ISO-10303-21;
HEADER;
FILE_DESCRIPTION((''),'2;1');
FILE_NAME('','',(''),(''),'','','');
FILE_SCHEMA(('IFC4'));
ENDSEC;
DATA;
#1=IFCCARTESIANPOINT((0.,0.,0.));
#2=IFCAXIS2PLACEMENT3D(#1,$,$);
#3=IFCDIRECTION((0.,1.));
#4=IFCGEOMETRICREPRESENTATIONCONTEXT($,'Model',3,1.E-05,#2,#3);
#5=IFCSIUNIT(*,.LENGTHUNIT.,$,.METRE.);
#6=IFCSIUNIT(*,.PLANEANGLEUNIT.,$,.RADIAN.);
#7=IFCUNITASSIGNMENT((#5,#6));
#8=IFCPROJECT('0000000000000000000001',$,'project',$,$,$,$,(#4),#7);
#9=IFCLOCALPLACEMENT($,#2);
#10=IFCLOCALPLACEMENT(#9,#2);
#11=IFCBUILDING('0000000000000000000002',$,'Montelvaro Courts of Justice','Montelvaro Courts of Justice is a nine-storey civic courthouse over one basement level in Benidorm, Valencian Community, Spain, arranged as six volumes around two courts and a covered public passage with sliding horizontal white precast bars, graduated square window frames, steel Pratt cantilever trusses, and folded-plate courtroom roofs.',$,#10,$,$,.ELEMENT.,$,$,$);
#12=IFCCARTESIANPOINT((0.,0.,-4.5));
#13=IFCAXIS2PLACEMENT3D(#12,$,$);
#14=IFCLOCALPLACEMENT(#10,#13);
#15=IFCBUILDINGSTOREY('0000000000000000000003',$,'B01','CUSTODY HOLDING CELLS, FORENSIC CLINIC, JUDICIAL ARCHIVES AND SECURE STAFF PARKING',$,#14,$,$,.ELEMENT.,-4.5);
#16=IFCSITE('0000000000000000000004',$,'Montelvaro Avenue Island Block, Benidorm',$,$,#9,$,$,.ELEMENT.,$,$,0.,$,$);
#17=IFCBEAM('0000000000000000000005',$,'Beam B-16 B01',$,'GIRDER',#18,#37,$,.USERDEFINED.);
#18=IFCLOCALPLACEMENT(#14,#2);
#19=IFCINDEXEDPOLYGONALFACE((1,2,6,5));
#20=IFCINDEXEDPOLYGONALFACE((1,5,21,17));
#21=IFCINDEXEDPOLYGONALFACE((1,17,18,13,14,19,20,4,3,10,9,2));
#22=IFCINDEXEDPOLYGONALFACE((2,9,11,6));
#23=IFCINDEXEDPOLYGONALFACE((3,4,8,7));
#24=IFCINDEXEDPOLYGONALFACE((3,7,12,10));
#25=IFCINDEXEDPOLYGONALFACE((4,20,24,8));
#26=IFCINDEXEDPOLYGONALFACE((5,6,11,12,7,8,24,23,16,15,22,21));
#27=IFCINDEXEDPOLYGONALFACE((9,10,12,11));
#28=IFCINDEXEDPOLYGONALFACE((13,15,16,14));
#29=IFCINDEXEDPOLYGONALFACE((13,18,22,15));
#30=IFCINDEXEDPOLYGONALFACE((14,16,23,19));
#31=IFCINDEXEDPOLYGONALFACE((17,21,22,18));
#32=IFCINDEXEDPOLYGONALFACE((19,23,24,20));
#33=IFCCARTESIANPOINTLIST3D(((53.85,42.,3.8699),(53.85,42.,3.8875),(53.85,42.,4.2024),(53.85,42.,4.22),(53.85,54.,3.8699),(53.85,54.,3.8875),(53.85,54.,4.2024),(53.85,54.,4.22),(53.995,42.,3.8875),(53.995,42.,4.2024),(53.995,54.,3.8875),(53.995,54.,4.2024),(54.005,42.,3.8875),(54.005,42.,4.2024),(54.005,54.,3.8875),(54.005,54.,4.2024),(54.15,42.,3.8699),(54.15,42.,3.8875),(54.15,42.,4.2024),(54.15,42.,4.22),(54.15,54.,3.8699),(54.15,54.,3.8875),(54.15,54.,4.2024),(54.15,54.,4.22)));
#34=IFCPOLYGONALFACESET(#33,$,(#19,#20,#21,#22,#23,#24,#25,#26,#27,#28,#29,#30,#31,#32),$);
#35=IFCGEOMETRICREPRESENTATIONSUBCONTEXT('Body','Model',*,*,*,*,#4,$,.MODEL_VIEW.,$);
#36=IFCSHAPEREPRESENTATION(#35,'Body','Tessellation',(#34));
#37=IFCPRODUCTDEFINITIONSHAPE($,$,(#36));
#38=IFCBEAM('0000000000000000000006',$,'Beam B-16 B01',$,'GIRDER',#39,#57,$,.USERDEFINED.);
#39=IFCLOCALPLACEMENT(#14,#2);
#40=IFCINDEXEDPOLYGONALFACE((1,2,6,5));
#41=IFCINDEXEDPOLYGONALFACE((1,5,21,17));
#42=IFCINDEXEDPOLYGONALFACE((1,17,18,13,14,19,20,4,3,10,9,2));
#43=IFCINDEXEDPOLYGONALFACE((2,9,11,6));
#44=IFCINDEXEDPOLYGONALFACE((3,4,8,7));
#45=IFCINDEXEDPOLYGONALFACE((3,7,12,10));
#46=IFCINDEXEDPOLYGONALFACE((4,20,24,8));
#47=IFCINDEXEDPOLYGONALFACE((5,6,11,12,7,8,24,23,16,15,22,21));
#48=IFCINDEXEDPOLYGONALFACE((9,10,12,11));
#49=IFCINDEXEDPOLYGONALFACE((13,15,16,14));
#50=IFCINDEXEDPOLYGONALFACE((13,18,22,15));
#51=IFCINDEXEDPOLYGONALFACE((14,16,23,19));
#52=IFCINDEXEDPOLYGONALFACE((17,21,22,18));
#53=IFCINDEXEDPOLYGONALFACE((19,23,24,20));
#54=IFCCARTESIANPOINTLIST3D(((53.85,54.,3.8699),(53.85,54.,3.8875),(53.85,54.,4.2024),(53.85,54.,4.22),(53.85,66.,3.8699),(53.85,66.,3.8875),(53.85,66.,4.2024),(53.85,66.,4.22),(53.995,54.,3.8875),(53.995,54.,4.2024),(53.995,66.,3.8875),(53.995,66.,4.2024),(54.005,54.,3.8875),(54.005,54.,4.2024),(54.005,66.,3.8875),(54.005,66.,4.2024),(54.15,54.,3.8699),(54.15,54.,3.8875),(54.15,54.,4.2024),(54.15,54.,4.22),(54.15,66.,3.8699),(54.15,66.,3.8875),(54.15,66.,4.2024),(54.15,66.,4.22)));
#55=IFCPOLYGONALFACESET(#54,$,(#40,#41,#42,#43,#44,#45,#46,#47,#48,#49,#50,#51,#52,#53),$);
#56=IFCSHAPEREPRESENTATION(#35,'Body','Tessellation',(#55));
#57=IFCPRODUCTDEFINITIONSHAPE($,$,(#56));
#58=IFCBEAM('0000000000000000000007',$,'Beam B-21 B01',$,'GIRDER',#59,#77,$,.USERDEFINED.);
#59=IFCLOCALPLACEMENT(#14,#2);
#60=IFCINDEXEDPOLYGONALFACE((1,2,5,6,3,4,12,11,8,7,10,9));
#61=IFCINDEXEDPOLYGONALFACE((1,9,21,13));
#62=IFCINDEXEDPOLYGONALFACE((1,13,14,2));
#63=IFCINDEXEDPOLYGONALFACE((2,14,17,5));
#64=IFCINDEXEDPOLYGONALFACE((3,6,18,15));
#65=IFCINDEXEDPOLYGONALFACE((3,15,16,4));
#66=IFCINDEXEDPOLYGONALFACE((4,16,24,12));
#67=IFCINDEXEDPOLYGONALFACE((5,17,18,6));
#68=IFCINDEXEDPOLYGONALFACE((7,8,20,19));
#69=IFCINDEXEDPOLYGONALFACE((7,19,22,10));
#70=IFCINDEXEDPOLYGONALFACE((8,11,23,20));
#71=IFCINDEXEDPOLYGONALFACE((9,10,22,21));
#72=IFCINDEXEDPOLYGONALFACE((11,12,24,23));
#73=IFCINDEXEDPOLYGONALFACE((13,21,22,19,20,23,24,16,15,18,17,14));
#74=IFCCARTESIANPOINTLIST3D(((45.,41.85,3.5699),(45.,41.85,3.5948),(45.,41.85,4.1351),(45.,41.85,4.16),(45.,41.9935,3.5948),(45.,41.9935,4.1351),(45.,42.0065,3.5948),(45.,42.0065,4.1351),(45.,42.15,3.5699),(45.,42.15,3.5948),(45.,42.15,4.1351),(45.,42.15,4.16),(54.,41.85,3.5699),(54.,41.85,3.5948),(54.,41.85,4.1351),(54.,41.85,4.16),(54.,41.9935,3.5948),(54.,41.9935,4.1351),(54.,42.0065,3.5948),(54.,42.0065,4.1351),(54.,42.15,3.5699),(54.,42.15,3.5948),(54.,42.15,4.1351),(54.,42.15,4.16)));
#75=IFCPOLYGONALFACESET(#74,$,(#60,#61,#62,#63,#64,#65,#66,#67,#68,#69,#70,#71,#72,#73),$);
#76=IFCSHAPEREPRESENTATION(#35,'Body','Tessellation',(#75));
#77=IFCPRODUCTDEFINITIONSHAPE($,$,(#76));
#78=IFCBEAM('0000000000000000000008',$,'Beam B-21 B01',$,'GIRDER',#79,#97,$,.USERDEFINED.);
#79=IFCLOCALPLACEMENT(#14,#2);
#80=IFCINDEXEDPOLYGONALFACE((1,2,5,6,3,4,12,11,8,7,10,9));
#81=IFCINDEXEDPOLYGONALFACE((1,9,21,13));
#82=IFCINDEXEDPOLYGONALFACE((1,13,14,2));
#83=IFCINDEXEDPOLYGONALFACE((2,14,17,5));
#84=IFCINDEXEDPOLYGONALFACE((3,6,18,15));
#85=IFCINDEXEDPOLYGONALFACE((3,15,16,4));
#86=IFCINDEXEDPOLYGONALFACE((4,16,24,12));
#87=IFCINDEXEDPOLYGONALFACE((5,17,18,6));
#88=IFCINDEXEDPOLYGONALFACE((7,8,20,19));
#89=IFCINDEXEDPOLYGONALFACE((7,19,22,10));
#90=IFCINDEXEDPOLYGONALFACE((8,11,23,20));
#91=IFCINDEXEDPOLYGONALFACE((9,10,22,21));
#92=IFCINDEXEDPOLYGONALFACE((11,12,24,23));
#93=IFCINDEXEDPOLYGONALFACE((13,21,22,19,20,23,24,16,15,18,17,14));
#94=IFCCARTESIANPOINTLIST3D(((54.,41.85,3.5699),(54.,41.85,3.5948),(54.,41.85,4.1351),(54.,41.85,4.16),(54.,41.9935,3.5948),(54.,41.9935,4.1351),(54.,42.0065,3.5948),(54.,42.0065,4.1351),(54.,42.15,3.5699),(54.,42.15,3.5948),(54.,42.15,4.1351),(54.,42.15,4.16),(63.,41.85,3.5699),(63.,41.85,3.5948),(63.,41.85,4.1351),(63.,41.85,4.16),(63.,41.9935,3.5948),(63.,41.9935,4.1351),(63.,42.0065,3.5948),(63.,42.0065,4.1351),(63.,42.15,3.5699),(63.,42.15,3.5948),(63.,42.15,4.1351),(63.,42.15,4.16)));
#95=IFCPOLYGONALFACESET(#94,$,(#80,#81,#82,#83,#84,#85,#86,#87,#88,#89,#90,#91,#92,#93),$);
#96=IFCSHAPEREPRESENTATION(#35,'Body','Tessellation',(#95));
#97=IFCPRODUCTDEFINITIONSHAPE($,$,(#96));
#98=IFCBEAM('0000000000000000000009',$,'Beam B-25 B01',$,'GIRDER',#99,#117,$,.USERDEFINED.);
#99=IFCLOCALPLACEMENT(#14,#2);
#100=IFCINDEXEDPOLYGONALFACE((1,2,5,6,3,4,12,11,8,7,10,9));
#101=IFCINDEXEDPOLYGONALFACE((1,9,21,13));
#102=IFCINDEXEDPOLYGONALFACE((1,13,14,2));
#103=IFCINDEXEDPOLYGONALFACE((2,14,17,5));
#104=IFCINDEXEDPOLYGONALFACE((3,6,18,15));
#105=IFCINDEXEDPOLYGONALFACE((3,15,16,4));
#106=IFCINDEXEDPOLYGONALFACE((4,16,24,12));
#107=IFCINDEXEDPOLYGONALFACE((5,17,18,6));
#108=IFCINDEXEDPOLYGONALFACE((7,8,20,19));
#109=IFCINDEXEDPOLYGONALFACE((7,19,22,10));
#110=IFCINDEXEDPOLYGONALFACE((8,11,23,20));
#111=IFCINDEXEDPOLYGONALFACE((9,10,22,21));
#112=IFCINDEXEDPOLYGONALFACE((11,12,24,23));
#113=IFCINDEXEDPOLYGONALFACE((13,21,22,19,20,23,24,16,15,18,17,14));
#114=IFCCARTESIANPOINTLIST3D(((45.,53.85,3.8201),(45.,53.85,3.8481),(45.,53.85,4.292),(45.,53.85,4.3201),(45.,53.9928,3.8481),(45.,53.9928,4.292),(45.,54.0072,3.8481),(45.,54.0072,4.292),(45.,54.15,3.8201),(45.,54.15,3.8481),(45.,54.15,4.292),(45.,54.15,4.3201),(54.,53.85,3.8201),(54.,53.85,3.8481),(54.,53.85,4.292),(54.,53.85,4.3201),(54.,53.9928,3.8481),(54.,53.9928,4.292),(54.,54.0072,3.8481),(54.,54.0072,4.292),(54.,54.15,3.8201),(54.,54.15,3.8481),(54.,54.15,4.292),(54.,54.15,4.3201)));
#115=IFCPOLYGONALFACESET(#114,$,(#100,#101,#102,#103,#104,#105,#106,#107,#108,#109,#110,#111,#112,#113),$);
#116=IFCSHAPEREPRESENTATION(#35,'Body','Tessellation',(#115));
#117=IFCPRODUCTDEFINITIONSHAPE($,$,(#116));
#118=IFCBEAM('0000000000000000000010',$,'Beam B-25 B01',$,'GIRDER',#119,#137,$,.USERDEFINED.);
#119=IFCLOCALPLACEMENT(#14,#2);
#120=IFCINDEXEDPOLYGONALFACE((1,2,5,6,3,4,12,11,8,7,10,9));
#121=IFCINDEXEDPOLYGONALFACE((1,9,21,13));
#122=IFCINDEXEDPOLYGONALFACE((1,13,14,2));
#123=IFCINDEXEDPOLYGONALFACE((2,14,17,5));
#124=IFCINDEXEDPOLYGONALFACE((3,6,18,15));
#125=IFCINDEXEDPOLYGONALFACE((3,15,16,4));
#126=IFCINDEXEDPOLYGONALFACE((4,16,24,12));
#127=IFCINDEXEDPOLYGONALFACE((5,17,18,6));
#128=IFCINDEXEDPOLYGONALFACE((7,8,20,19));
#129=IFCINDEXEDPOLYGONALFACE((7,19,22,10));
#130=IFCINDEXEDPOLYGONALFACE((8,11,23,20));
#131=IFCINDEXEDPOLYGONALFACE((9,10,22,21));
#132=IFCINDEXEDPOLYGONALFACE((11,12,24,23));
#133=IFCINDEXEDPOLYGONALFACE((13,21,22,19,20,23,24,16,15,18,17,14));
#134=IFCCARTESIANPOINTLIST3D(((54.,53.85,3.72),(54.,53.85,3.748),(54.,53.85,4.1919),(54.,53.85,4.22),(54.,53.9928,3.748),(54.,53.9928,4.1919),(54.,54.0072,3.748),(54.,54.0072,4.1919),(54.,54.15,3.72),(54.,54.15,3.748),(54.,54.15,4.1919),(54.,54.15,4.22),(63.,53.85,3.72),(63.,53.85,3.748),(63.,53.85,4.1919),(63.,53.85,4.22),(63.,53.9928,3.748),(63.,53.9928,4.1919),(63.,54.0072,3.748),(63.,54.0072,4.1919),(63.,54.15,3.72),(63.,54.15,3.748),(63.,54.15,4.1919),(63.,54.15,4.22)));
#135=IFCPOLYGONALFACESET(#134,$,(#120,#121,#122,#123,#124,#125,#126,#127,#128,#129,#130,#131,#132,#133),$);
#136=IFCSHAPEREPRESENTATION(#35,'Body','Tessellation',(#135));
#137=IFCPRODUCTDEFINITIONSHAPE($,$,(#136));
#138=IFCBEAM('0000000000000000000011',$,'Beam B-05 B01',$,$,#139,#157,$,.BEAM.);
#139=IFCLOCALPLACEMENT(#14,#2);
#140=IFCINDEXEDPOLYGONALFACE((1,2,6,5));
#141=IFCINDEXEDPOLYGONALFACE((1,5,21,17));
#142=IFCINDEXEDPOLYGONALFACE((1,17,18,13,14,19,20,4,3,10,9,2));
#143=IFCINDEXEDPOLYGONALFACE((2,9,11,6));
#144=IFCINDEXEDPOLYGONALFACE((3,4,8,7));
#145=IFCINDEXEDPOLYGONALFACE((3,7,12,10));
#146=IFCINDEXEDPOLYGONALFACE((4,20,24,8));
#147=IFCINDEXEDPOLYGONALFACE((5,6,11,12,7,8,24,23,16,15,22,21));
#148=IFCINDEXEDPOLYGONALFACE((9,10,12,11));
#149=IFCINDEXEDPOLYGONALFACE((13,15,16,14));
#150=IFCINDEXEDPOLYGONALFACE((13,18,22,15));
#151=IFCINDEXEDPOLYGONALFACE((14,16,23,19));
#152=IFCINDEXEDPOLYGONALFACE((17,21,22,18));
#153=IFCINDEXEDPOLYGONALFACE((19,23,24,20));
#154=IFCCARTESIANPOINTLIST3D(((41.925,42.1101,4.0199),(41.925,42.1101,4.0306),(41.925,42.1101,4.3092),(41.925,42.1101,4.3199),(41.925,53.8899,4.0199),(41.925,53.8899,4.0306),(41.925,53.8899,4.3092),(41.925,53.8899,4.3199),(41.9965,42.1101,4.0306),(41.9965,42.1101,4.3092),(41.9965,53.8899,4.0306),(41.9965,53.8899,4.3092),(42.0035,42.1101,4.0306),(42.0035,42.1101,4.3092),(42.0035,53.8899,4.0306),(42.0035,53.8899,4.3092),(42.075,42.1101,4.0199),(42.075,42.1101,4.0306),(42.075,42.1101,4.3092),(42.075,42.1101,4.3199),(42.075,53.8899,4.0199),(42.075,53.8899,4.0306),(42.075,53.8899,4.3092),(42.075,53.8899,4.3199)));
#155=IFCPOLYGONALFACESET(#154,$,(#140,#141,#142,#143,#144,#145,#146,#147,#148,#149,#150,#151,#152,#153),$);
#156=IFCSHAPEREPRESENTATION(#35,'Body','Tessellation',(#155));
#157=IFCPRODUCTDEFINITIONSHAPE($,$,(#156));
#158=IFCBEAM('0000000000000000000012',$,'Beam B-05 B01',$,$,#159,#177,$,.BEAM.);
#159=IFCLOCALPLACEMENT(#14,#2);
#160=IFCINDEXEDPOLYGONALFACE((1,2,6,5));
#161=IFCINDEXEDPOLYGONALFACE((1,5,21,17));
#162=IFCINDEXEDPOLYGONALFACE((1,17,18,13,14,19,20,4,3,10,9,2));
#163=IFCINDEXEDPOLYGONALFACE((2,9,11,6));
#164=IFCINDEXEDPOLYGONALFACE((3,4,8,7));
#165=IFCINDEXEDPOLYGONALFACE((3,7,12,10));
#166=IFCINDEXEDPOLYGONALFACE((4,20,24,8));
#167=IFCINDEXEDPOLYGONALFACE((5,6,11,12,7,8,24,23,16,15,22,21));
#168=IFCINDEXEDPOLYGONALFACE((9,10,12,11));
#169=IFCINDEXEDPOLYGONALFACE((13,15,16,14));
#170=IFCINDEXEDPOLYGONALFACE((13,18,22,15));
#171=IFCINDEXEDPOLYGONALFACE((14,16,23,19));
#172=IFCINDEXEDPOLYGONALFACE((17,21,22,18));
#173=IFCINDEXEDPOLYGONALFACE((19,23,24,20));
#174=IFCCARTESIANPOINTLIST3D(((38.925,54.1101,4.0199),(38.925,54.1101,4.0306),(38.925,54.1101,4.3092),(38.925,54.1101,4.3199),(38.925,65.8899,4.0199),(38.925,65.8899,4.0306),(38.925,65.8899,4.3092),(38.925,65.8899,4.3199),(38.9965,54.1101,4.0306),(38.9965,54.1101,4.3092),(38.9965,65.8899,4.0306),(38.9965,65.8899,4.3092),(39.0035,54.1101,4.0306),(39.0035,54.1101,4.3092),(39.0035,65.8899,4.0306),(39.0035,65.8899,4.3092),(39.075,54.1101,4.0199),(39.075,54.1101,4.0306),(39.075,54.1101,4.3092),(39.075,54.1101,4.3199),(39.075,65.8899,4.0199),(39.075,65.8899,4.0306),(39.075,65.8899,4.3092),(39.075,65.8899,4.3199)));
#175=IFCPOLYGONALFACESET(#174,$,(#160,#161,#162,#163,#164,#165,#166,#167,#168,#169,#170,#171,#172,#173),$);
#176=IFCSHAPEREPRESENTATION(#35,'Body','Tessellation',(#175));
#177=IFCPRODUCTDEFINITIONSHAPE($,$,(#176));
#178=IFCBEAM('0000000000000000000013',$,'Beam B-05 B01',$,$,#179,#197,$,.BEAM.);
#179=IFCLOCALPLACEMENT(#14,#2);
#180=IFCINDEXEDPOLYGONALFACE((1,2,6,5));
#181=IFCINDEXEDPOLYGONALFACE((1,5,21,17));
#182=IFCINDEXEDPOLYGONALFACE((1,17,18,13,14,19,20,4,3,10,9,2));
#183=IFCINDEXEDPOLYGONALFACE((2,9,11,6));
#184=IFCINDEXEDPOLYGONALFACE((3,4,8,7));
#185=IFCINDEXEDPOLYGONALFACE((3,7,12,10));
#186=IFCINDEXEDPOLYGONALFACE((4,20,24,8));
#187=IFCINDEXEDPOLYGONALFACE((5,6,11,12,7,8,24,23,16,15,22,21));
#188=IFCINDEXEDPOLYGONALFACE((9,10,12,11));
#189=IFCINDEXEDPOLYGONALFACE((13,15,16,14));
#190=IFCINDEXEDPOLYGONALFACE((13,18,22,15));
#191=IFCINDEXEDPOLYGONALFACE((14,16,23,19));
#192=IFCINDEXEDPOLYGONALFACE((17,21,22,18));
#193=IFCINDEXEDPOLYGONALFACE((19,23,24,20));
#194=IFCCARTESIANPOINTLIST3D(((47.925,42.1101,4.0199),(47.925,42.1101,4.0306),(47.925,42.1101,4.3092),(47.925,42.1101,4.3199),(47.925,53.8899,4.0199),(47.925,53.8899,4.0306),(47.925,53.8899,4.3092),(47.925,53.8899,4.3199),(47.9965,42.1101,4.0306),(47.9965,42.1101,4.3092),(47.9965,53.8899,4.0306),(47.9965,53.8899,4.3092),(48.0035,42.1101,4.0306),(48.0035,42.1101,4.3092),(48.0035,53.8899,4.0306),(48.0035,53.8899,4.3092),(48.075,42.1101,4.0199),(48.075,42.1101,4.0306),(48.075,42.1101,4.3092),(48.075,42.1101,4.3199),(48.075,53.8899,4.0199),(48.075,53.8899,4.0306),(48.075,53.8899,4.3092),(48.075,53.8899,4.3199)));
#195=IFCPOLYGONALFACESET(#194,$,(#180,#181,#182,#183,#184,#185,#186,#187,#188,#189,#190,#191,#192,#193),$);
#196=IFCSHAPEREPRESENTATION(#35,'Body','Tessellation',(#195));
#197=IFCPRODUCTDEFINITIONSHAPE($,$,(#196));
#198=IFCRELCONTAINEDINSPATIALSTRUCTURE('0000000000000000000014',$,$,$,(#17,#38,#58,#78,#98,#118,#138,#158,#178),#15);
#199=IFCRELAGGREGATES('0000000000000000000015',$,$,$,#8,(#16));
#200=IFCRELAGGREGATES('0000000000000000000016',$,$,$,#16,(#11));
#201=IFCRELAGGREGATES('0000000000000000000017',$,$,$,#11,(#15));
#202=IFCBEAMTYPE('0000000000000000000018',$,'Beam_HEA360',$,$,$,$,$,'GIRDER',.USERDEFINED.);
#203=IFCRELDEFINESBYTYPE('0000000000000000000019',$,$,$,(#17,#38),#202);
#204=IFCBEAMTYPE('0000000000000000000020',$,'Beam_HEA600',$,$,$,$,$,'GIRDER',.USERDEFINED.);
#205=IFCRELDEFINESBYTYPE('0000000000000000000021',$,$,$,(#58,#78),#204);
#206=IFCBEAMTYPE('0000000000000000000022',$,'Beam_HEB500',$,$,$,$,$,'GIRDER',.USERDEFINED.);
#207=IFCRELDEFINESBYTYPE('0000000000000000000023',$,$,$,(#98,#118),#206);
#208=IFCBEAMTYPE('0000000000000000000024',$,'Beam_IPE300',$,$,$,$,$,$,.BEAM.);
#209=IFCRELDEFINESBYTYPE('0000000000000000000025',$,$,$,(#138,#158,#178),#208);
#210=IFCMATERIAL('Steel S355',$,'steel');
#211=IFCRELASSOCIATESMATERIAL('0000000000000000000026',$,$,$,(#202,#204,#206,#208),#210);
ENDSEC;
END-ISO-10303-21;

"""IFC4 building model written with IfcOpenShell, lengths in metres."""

from ifc_helpers import new_model, si_unit, direction, frame, origin, origin_2d, place, context, subcontext, project, spatial, i_section, extrude, material, material_profile, profile_set, type_object, element, save


model = new_model("IFC4")

# Units and contexts
model_context = context("Model", 3, precision=1e-05, world=origin(), true_north=direction((0.0, 1.0)))
body_context = subcontext(model_context, "Body", "Model", "MODEL_VIEW")
ifc_project = project(units=[si_unit("LENGTHUNIT", "METRE"), si_unit("PLANEANGLEUNIT", "RADIAN")], contexts=[model_context])

# Site, building, storey
site_placement = place(None, origin())
site = spatial("IfcSite", under=ifc_project, at=site_placement, Name="Montelvaro Avenue Island Block, Benidorm", CompositionType="ELEMENT", RefElevation=0.0)
building_placement = place(site_placement, origin())
building = spatial("IfcBuilding", under=site, at=building_placement, Name="Montelvaro Courts of Justice", Description="Montelvaro Courts of Justice is a nine-storey civic courthouse over one basement level in Benidorm, Valencian Community, Spain, arranged as six volumes around two courts and a covered public passage with sliding horizontal white precast bars, graduated square window frames, steel Pratt cantilever trusses, and folded-plate courtroom roofs.", CompositionType="ELEMENT")
storey_placement = place(building_placement, frame((0.0, 0.0, -4.5)))
storey = spatial("IfcBuildingStorey", under=building, at=storey_placement, Name="B01", Description="CUSTODY HOLDING CELLS, FORENSIC CLINIC, JUDICIAL ARCHIVES AND SECURE STAFF PARKING", CompositionType="ELEMENT", Elevation=-4.5)

# Beams
ifc_material_1 = material(Name="Steel S355", Category="steel")
ifc_material_profile_1 = material_profile(ifc_material_1, i_section(OverallWidth=0.3, OverallDepth=0.3501, WebThickness=0.01, FlangeThickness=0.0176, at=origin_2d()), Name="HEA 360")
ifc_profile_set_1 = profile_set([ifc_material_profile_1], Name="Steel S355")
beam_type_1 = type_object("IfcBeamType", Name="Beam_HEA360", ElementType="GIRDER", PredefinedType="USERDEFINED", material=ifc_profile_set_1)
for number, where, z_axis, x_axis, name in (
    (1, (54.0, 42.0, 4.0449), (0.0, 1.0, 0.0), (-1.0, 0.0, 0.0), "Beam B-16 B01"),
    (2, (54.0, 54.0, 4.0449), (0.0, 1.0, 0.0), (-1.0, 0.0, 0.0), "Beam B-16 B01"),
):
    element("IfcBeam", number, at=place(storey_placement, frame(where, z_axis=z_axis, x_axis=x_axis)), inside=storey, type_object=beam_type_1, Name=name, ObjectType="GIRDER", PredefinedType="USERDEFINED", context=body_context, shape_type="SweptSolid", body=[
        extrude(i_section(OverallWidth=0.3, OverallDepth=0.3501, WebThickness=0.01, FlangeThickness=0.0176, at=origin_2d()), origin(), (0.0, 0.0, 1.0), 12.0),
    ])
ifc_material_profile_2 = material_profile(ifc_material_1, i_section(OverallWidth=0.3, OverallDepth=0.5901, WebThickness=0.0129, FlangeThickness=0.0249, at=origin_2d()), Name="HEA 600")
ifc_profile_set_2 = profile_set([ifc_material_profile_2], Name="Steel S355")
beam_type_2 = type_object("IfcBeamType", Name="Beam_HEA600", ElementType="GIRDER", PredefinedType="USERDEFINED", material=ifc_profile_set_2)
for number, where, z_axis, x_axis, name in (
    (3, (45.0, 42.0, 3.865), (1.0, 0.0, 0.0), (0.0, 1.0, 0.0), "Beam B-21 B01"),
    (4, (54.0, 42.0, 3.865), (1.0, 0.0, 0.0), (0.0, 1.0, 0.0), "Beam B-21 B01"),
):
    element("IfcBeam", number, at=place(storey_placement, frame(where, z_axis=z_axis, x_axis=x_axis)), inside=storey, type_object=beam_type_2, Name=name, ObjectType="GIRDER", PredefinedType="USERDEFINED", context=body_context, shape_type="SweptSolid", body=[
        extrude(i_section(OverallWidth=0.3, OverallDepth=0.5901, WebThickness=0.0129, FlangeThickness=0.0249, at=origin_2d()), origin(), (0.0, 0.0, 1.0), 9.0),
    ])
ifc_material_profile_3 = material_profile(ifc_material_1, i_section(OverallWidth=0.3, OverallDepth=0.5, WebThickness=0.0144, FlangeThickness=0.0281, at=origin_2d()), Name="HEB 500")
ifc_profile_set_3 = profile_set([ifc_material_profile_3], Name="Steel S355")
beam_type_3 = type_object("IfcBeamType", Name="Beam_HEB500", ElementType="GIRDER", PredefinedType="USERDEFINED", material=ifc_profile_set_3)
for number, where, z_axis, x_axis, name in (
    (5, (45.0, 54.0, 4.0701), (1.0, 0.0, 0.0), (0.0, 1.0, 0.0), "Beam B-25 B01"),
    (6, (54.0, 54.0, 3.97), (1.0, 0.0, 0.0), (0.0, 1.0, 0.0), "Beam B-25 B01"),
):
    element("IfcBeam", number, at=place(storey_placement, frame(where, z_axis=z_axis, x_axis=x_axis)), inside=storey, type_object=beam_type_3, Name=name, ObjectType="GIRDER", PredefinedType="USERDEFINED", context=body_context, shape_type="SweptSolid", body=[
        extrude(i_section(OverallWidth=0.3, OverallDepth=0.5, WebThickness=0.0144, FlangeThickness=0.0281, at=origin_2d()), origin(), (0.0, 0.0, 1.0), 9.0),
    ])
ifc_material_profile_4 = material_profile(ifc_material_1, i_section(OverallWidth=0.1499, OverallDepth=0.3, WebThickness=0.0071, FlangeThickness=0.0107, at=origin_2d()), Name="IPE 300")
ifc_profile_set_4 = profile_set([ifc_material_profile_4], Name="Steel S355")
beam_type_4 = type_object("IfcBeamType", Name="Beam_IPE300", PredefinedType="BEAM", material=ifc_profile_set_4)
for number, where, z_axis, x_axis, name in (
    (7, (42.0, 42.1101, 4.1699), (0.0, 1.0, 0.0), (-1.0, 0.0, 0.0), "Beam B-05 B01"),
    (8, (39.0, 54.1101, 4.1699), (0.0, 1.0, 0.0), (-1.0, 0.0, 0.0), "Beam B-05 B01"),
    (9, (48.0, 42.1101, 4.1699), (0.0, 1.0, 0.0), (-1.0, 0.0, 0.0), "Beam B-05 B01"),
):
    element("IfcBeam", number, at=place(storey_placement, frame(where, z_axis=z_axis, x_axis=x_axis)), inside=storey, type_object=beam_type_4, Name=name, PredefinedType="BEAM", context=body_context, shape_type="SweptSolid", body=[
        extrude(i_section(OverallWidth=0.1499, OverallDepth=0.3, WebThickness=0.0071, FlangeThickness=0.0107, at=origin_2d()), origin(), (0.0, 0.0, 1.0), 11.7798),
    ])

save(model, "model.ifc")
